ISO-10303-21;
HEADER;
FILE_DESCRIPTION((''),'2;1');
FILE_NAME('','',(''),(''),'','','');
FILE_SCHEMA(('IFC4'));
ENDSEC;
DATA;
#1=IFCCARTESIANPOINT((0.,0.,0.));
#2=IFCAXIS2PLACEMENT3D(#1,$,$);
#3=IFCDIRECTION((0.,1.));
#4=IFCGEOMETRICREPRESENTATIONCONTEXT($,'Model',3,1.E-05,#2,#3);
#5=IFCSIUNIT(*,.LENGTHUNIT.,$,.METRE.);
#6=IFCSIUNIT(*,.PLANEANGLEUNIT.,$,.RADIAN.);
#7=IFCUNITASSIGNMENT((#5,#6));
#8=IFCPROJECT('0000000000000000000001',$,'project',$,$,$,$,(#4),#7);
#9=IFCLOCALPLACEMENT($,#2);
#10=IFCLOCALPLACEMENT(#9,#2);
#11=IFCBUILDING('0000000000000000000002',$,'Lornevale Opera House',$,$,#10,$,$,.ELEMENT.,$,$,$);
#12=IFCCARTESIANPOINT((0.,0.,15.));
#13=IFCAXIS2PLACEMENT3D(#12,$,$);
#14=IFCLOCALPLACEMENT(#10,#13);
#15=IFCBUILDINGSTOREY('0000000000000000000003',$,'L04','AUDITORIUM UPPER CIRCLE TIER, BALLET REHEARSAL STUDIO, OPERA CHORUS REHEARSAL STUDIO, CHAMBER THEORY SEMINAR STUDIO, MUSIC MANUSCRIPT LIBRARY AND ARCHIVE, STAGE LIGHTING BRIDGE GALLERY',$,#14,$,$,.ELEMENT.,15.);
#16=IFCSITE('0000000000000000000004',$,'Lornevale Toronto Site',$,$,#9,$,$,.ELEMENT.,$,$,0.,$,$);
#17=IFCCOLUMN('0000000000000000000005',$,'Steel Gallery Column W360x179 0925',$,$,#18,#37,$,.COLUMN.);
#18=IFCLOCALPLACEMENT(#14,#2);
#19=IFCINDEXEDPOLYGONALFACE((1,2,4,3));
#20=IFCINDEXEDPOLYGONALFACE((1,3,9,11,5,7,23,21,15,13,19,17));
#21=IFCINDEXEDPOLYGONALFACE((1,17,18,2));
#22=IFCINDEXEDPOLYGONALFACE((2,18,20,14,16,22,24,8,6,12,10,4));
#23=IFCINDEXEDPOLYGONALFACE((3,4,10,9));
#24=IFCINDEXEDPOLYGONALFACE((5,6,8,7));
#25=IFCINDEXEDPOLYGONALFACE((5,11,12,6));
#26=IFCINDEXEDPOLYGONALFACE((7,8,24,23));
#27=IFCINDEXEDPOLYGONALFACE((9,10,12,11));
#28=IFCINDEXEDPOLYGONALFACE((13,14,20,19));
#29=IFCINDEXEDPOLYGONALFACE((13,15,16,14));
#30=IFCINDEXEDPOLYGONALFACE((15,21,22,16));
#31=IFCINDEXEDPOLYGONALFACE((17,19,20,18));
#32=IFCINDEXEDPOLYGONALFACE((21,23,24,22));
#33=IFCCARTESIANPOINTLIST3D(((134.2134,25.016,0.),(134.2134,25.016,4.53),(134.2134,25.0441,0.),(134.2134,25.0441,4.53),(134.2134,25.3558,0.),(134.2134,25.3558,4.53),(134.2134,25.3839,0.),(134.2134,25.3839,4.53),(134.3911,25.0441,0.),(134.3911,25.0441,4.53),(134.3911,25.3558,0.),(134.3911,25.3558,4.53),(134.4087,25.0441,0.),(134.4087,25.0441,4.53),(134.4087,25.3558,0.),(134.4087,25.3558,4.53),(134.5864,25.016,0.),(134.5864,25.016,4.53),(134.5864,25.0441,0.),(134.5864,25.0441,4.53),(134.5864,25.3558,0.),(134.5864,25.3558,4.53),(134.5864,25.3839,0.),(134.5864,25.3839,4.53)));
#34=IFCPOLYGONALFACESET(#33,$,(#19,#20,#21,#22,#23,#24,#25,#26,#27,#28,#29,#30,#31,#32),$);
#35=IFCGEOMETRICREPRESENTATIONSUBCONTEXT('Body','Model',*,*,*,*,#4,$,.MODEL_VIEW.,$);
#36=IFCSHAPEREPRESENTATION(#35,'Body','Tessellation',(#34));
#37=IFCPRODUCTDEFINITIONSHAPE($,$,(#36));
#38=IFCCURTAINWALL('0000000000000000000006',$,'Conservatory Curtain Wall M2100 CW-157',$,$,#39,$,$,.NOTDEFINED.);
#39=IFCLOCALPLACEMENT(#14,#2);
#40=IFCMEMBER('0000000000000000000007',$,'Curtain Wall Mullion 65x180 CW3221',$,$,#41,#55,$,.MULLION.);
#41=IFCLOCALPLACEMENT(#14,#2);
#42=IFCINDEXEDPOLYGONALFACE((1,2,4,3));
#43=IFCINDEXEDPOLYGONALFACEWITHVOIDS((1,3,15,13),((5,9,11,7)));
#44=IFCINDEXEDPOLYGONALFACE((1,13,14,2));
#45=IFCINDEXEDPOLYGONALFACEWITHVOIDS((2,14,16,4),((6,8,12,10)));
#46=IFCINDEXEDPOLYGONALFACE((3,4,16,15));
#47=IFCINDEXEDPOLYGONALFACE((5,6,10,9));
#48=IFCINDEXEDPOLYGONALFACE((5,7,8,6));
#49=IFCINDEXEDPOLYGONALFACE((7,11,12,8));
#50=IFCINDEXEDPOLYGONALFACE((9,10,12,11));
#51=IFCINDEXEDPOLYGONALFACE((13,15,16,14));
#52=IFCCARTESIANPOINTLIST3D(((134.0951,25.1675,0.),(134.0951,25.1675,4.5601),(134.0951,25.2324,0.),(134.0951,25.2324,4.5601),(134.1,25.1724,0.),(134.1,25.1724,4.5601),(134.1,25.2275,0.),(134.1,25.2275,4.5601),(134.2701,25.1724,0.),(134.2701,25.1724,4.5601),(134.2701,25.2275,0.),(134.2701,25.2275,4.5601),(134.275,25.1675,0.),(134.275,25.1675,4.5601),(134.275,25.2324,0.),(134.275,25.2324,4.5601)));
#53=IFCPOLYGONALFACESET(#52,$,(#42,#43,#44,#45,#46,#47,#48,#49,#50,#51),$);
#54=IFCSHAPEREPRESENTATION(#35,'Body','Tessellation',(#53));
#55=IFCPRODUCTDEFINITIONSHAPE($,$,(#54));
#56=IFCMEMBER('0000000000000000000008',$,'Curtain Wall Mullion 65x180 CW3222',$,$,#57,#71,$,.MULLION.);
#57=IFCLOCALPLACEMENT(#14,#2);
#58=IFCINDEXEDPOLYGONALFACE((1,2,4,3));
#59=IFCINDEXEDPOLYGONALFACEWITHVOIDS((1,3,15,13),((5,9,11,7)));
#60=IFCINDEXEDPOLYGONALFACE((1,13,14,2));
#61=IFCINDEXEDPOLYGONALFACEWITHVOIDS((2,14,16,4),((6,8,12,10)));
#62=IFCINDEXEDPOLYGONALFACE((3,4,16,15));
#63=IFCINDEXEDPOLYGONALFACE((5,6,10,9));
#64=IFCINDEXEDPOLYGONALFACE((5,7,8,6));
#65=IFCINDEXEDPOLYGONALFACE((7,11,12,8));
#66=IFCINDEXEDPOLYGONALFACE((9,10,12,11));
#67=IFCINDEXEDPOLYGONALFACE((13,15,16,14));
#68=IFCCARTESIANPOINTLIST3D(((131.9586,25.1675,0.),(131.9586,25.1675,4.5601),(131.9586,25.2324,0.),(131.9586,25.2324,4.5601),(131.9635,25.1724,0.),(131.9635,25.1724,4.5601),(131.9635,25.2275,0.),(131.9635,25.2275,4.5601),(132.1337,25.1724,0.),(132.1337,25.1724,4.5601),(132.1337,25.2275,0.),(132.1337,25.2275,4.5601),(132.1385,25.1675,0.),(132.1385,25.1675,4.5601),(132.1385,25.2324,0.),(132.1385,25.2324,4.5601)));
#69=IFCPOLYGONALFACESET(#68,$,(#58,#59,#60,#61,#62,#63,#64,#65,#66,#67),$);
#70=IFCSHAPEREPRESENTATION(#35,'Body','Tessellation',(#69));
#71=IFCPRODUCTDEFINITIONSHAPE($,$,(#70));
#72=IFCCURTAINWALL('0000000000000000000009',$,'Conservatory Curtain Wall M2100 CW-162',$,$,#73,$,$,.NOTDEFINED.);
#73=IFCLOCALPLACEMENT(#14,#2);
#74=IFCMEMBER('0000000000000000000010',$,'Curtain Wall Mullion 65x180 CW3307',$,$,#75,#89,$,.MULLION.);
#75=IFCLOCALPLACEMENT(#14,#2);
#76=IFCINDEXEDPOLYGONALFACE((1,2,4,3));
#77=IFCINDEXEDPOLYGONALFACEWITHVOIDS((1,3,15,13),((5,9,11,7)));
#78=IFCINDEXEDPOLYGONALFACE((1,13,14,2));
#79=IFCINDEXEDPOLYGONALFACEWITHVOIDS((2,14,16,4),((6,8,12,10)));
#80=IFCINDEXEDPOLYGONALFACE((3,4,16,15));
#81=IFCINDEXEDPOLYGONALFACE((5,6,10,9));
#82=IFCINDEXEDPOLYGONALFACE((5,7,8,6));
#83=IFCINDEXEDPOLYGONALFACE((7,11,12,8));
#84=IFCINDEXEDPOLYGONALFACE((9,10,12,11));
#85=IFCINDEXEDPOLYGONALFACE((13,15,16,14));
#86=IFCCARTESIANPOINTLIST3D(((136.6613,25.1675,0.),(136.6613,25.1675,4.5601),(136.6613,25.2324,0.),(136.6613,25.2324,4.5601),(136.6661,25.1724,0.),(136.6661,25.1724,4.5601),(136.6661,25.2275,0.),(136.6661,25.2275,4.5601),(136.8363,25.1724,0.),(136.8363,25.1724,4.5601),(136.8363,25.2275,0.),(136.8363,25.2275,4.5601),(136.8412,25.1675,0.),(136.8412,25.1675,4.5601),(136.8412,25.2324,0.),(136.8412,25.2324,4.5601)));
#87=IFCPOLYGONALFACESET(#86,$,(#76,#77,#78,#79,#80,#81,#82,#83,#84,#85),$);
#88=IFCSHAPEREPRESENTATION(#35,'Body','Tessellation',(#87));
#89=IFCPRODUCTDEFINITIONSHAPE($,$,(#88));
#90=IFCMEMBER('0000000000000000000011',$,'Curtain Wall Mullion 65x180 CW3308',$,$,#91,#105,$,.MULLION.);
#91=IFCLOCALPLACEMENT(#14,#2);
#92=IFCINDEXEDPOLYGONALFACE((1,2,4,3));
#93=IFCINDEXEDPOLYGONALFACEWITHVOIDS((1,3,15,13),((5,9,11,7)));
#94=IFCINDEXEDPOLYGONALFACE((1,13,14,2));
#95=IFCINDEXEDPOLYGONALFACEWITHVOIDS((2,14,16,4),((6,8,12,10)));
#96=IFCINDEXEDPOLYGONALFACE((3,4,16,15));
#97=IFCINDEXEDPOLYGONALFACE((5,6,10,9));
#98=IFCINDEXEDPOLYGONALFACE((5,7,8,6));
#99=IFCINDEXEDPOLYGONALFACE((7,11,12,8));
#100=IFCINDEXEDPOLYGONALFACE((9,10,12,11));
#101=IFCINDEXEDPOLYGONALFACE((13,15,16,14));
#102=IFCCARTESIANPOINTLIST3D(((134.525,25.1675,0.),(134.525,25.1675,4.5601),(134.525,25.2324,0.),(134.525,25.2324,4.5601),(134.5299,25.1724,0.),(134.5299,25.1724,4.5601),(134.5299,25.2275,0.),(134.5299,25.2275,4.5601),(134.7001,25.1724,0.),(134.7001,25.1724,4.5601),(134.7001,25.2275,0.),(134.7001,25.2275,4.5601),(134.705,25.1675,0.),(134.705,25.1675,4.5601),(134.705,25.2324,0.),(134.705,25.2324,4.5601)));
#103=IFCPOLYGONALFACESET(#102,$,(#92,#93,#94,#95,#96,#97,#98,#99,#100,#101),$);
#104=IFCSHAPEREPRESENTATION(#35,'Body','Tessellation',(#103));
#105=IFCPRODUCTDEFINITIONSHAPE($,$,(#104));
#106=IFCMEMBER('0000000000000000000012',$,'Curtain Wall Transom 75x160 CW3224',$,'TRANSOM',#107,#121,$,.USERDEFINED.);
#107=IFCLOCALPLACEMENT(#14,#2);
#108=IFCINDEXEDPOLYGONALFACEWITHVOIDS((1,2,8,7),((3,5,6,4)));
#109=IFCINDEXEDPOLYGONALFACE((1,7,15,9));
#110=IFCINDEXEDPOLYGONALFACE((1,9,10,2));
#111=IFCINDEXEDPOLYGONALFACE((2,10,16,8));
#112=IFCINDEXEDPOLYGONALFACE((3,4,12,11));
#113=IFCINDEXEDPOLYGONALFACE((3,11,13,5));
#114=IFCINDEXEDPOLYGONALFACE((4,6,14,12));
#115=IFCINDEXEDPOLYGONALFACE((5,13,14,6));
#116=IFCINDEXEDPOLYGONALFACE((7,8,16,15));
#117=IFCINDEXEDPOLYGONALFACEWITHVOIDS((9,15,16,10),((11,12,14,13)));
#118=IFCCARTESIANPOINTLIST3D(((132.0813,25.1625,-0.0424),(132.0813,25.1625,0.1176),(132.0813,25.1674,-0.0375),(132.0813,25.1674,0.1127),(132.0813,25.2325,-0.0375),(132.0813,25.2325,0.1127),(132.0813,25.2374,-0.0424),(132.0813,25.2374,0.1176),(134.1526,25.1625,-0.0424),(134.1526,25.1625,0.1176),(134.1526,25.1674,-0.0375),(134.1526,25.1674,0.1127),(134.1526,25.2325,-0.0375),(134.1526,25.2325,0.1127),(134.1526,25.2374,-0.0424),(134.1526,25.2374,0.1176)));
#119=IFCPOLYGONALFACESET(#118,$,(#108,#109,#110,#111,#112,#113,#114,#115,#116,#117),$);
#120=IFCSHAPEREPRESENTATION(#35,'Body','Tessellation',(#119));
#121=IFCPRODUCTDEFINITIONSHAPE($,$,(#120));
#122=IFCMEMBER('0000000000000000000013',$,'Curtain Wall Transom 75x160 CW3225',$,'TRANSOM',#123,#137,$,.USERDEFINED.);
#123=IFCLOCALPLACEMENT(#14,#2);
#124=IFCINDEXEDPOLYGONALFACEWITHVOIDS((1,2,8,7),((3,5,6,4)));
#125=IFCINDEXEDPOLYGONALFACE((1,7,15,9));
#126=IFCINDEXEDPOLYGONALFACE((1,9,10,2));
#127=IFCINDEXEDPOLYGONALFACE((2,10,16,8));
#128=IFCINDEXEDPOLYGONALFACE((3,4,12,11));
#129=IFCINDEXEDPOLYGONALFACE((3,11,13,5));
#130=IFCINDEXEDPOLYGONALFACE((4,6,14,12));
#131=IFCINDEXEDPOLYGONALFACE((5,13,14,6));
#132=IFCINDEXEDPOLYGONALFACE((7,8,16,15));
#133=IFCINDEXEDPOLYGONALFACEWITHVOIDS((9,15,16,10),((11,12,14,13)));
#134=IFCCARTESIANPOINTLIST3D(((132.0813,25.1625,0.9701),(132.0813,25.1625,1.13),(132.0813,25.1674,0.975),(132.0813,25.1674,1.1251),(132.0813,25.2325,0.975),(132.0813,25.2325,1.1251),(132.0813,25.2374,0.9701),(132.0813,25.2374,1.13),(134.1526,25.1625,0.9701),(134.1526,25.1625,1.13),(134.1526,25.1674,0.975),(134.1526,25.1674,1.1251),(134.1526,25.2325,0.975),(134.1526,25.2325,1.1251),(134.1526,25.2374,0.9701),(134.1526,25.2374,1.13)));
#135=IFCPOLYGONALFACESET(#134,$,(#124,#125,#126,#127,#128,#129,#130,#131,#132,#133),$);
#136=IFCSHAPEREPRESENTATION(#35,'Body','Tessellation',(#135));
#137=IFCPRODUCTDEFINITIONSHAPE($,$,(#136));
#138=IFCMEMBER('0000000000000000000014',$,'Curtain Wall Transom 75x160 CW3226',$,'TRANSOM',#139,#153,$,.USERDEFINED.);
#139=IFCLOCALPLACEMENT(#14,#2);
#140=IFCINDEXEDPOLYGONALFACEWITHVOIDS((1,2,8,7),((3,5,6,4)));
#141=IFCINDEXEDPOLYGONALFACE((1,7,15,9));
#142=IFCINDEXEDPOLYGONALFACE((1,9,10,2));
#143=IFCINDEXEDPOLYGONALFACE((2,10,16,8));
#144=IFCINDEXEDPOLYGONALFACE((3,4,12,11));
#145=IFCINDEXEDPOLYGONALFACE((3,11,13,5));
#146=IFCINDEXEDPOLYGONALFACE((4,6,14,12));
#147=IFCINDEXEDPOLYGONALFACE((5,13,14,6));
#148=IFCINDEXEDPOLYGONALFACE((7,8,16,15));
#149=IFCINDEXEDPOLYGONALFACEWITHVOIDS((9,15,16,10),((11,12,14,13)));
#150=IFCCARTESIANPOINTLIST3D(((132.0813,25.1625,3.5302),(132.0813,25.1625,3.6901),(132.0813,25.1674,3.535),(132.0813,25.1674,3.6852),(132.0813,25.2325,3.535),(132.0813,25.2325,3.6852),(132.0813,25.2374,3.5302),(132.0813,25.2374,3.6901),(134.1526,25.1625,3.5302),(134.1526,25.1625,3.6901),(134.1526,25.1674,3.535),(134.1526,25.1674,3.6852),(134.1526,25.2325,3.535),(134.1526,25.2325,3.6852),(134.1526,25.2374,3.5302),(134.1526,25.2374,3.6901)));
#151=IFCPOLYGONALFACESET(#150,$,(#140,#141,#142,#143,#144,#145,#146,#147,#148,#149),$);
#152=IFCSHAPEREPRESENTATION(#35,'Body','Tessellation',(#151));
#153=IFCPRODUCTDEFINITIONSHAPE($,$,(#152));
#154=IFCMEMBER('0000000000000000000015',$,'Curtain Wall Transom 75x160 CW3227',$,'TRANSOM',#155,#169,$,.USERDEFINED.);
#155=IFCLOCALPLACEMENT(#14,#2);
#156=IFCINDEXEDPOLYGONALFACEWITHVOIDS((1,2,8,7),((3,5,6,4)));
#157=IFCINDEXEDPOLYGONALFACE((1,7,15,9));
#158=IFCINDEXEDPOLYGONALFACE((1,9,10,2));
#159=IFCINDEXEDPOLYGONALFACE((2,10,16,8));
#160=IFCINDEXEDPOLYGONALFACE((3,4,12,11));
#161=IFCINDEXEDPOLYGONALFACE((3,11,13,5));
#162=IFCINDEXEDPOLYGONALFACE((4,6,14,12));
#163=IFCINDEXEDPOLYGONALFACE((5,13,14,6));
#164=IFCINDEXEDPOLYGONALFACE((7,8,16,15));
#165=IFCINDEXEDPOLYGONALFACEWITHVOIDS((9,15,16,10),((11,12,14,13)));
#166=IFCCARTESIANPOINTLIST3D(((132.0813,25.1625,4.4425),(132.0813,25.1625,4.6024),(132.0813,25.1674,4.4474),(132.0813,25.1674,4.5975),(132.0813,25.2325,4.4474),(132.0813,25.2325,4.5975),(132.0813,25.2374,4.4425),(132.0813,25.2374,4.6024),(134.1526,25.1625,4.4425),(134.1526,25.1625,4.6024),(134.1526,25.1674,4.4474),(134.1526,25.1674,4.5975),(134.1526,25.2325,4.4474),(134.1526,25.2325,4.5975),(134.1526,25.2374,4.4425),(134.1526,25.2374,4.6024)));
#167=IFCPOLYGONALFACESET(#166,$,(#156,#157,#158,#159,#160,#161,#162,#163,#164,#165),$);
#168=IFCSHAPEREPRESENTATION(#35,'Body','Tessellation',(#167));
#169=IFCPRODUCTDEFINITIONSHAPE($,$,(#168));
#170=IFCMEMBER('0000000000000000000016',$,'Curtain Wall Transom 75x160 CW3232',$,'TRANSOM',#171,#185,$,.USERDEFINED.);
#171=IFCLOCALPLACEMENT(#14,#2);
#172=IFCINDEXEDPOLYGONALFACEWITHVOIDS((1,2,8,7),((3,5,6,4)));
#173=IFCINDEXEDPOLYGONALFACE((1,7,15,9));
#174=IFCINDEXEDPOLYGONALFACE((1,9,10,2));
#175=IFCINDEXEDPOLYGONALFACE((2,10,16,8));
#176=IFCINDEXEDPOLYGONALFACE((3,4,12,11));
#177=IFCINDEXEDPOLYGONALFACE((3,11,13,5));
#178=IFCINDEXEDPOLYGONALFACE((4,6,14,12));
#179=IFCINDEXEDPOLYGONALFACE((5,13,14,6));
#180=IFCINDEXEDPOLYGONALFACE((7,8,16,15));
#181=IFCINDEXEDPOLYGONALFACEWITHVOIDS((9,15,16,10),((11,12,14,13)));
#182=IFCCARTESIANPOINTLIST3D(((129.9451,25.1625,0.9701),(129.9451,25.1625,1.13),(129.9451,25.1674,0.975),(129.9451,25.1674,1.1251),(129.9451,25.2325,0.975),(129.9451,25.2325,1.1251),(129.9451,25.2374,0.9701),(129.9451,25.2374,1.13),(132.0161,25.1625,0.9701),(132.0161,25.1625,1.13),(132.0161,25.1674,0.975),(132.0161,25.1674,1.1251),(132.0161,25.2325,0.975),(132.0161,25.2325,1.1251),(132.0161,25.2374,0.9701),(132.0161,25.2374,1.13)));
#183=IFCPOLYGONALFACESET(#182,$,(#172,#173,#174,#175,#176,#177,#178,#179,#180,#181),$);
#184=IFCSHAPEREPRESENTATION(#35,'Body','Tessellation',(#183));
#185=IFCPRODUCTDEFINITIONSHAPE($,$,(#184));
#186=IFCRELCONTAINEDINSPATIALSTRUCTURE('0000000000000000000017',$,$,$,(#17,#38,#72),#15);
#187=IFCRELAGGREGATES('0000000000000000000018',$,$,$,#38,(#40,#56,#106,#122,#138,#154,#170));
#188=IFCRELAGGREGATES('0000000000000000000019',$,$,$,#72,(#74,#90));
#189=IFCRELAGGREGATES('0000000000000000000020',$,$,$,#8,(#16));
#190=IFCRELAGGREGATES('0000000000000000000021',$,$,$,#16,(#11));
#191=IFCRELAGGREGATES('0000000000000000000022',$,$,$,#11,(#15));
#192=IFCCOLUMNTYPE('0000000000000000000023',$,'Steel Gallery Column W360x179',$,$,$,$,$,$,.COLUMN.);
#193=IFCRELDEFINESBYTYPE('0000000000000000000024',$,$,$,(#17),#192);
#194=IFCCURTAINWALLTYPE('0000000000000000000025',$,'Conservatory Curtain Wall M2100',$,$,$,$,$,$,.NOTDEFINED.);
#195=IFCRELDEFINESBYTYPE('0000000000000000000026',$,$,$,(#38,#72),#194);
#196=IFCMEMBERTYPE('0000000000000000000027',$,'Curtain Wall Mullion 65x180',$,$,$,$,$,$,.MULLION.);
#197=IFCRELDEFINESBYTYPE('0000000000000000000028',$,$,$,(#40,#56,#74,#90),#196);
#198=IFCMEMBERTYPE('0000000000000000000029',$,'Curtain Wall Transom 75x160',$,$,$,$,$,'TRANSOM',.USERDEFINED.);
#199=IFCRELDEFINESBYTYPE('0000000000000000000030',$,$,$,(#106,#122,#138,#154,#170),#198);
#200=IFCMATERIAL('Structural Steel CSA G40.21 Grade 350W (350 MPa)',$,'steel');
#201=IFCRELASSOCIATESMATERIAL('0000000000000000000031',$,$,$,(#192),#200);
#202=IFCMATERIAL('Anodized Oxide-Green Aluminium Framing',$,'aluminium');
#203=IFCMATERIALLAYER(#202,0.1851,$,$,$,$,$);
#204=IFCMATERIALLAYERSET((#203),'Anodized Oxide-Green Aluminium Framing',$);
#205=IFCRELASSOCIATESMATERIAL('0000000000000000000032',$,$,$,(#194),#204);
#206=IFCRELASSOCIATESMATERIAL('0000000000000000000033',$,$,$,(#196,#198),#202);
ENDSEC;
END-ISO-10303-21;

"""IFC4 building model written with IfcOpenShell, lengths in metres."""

from ifc_helpers import new_model, si_unit, direction, frame, origin, origin_2d, place, context, subcontext, project, spatial, hollow_rectangle, i_section, extrude, material, layer, layer_set, material_profile, profile_set, type_object, element, aggregate, save


model = new_model("IFC4")

# Units and contexts
model_context = context("Model", 3, precision=1e-05, world=origin(), true_north=direction((0.0, 1.0)))
body_context = subcontext(model_context, "Body", "Model", "MODEL_VIEW")
ifc_project = project(units=[si_unit("LENGTHUNIT", "METRE"), si_unit("PLANEANGLEUNIT", "RADIAN")], contexts=[model_context])

# Site, building, storey
site_placement = place(None, origin())
site = spatial("IfcSite", under=ifc_project, at=site_placement, Name="Lornevale Toronto Site", CompositionType="ELEMENT", RefElevation=0.0)
building_placement = place(site_placement, origin())
building = spatial("IfcBuilding", under=site, at=building_placement, Name="Lornevale Opera House", CompositionType="ELEMENT")
storey_placement = place(building_placement, frame((0.0, 0.0, 15.0)))
storey = spatial("IfcBuildingStorey", under=building, at=storey_placement, Name="L04", Description="AUDITORIUM UPPER CIRCLE TIER, BALLET REHEARSAL STUDIO, OPERA CHORUS REHEARSAL STUDIO, CHAMBER THEORY SEMINAR STUDIO, MUSIC MANUSCRIPT LIBRARY AND ARCHIVE, STAGE LIGHTING BRIDGE GALLERY", CompositionType="ELEMENT", Elevation=15.0)

# Column
ifc_material_1 = material(Name="Structural Steel CSA G40.21 Grade 350W (350 MPa)", Category="steel")
ifc_material_profile_1 = material_profile(ifc_material_1, i_section(OverallWidth=0.373, OverallDepth=0.3679, WebThickness=0.0176, FlangeThickness=0.0281, at=origin_2d()), Name="W360x179")
ifc_profile_set_1 = profile_set([ifc_material_profile_1], Name="Structural Steel CSA G40.21 Grade 350W (350 MPa)")
column_type = type_object("IfcColumnType", Name="Steel Gallery Column W360x179", PredefinedType="COLUMN", material=ifc_profile_set_1)
column_placement = place(storey_placement, frame((134.3999, 25.2, 0.0), z_axis=(0.0, 0.0, 1.0), x_axis=(1.0, 0.0, 0.0)))
element("IfcColumn", 1, at=column_placement, inside=storey, type_object=column_type, Name="Steel Gallery Column W360x179 0925", PredefinedType="COLUMN", context=body_context, shape_type="SweptSolid", body=[
    extrude(i_section(OverallWidth=0.373, OverallDepth=0.3679, WebThickness=0.0176, FlangeThickness=0.0281, at=origin_2d()), origin(), (0.0, 0.0, 1.0), 4.53),
])

# Curtain walls, members
ifc_material_2 = material(Name="Anodized Oxide-Green Aluminium Framing", Category="aluminium")
ifc_layer_1 = layer(ifc_material_2, 0.1851)
ifc_layer_set_1 = layer_set([ifc_layer_1], Name="Anodized Oxide-Green Aluminium Framing")
curtain_wall_type = type_object("IfcCurtainWallType", Name="Conservatory Curtain Wall M2100", PredefinedType="NOTDEFINED", material=ifc_layer_set_1)
curtain_wall_1_placement = place(storey_placement, origin())
curtain_wall_1 = element("IfcCurtainWall", 2, at=curtain_wall_1_placement, inside=storey, type_object=curtain_wall_type, Name="Conservatory Curtain Wall M2100 CW-157", PredefinedType="NOTDEFINED")
ifc_material_profile_2 = material_profile(ifc_material_2, hollow_rectangle(XDim=0.0649, YDim=0.1799, WallThickness=0.0049, at=origin_2d()), Name="ALU65x180x5")
ifc_profile_set_2 = profile_set([ifc_material_profile_2], Name="Anodized Oxide-Green Aluminium Framing")
member_type_1 = type_object("IfcMemberType", Name="Curtain Wall Mullion 65x180", PredefinedType="MULLION", material=ifc_profile_set_2)
member_1_placement = place(storey_placement, frame((134.1851, 25.2, 0.0), z_axis=(0.0, 0.0, 1.0), x_axis=(0.0, -1.0, 0.0)))
member_1 = element("IfcMember", 3, at=member_1_placement, type_object=member_type_1, Name="Curtain Wall Mullion 65x180 CW3221", PredefinedType="MULLION", context=body_context, shape_type="SweptSolid", body=[
    extrude(hollow_rectangle(XDim=0.0649, YDim=0.1799, WallThickness=0.0049, at=origin_2d()), origin(), (0.0, 0.0, 1.0), 4.5601),
])
member_2_placement = place(storey_placement, frame((132.0486, 25.2, 0.0), z_axis=(0.0, 0.0, 1.0), x_axis=(0.0, -1.0, 0.0)))
member_2 = element("IfcMember", 4, at=member_2_placement, type_object=member_type_1, Name="Curtain Wall Mullion 65x180 CW3222", PredefinedType="MULLION", context=body_context, shape_type="SweptSolid", body=[
    extrude(hollow_rectangle(XDim=0.0649, YDim=0.1799, WallThickness=0.0049, at=origin_2d()), origin(), (0.0, 0.0, 1.0), 4.5601),
])
curtain_wall_2_placement = place(storey_placement, origin())
curtain_wall_2 = element("IfcCurtainWall", 5, at=curtain_wall_2_placement, inside=storey, type_object=curtain_wall_type, Name="Conservatory Curtain Wall M2100 CW-162", PredefinedType="NOTDEFINED")
member_3_placement = place(storey_placement, frame((136.7512, 25.2, 0.0), z_axis=(0.0, 0.0, 1.0), x_axis=(0.0, -1.0, 0.0)))
member_3 = element("IfcMember", 6, at=member_3_placement, type_object=member_type_1, Name="Curtain Wall Mullion 65x180 CW3307", PredefinedType="MULLION", context=body_context, shape_type="SweptSolid", body=[
    extrude(hollow_rectangle(XDim=0.0649, YDim=0.1799, WallThickness=0.0049, at=origin_2d()), origin(), (0.0, 0.0, 1.0), 4.5601),
])
member_4_placement = place(storey_placement, frame((134.615, 25.2, 0.0), z_axis=(0.0, 0.0, 1.0), x_axis=(0.0, -1.0, 0.0)))
member_4 = element("IfcMember", 7, at=member_4_placement, type_object=member_type_1, Name="Curtain Wall Mullion 65x180 CW3308", PredefinedType="MULLION", context=body_context, shape_type="SweptSolid", body=[
    extrude(hollow_rectangle(XDim=0.0649, YDim=0.1799, WallThickness=0.0049, at=origin_2d()), origin(), (0.0, 0.0, 1.0), 4.5601),
])

# Members
ifc_material_profile_3 = material_profile(ifc_material_2, hollow_rectangle(XDim=0.075, YDim=0.1599, WallThickness=0.0049, at=origin_2d()), Name="ALU75x160x5")
ifc_profile_set_3 = profile_set([ifc_material_profile_3], Name="Anodized Oxide-Green Aluminium Framing")
member_type_2 = type_object("IfcMemberType", Name="Curtain Wall Transom 75x160", ElementType="TRANSOM", PredefinedType="USERDEFINED", material=ifc_profile_set_3)
member_5_placement = place(storey_placement, frame((134.1526, 25.2, 0.0376), z_axis=(-1.0, 0.0, 0.0), x_axis=(0.0, -1.0, 0.0)))
member_5 = element("IfcMember", 8, at=member_5_placement, type_object=member_type_2, Name="Curtain Wall Transom 75x160 CW3224", ObjectType="TRANSOM", PredefinedType="USERDEFINED", context=body_context, shape_type="SweptSolid", body=[
    extrude(hollow_rectangle(XDim=0.075, YDim=0.1599, WallThickness=0.0049, at=origin_2d()), origin(), (0.0, 0.0, 1.0), 2.0713),
])
member_6_placement = place(storey_placement, frame((134.1526, 25.2, 1.05), z_axis=(-1.0, 0.0, 0.0), x_axis=(0.0, -1.0, 0.0)))
member_6 = element("IfcMember", 9, at=member_6_placement, type_object=member_type_2, Name="Curtain Wall Transom 75x160 CW3225", ObjectType="TRANSOM", PredefinedType="USERDEFINED", context=body_context, shape_type="SweptSolid", body=[
    extrude(hollow_rectangle(XDim=0.075, YDim=0.1599, WallThickness=0.0049, at=origin_2d()), origin(), (0.0, 0.0, 1.0), 2.0713),
])
member_7_placement = place(storey_placement, frame((134.1526, 25.2, 3.6101), z_axis=(-1.0, 0.0, 0.0), x_axis=(0.0, -1.0, 0.0)))
member_7 = element("IfcMember", 10, at=member_7_placement, type_object=member_type_2, Name="Curtain Wall Transom 75x160 CW3226", ObjectType="TRANSOM", PredefinedType="USERDEFINED", context=body_context, shape_type="SweptSolid", body=[
    extrude(hollow_rectangle(XDim=0.075, YDim=0.1599, WallThickness=0.0049, at=origin_2d()), origin(), (0.0, 0.0, 1.0), 2.0713),
])
member_8_placement = place(storey_placement, frame((134.1526, 25.2, 4.5225), z_axis=(-1.0, 0.0, 0.0), x_axis=(0.0, -1.0, 0.0)))
member_8 = element("IfcMember", 11, at=member_8_placement, type_object=member_type_2, Name="Curtain Wall Transom 75x160 CW3227", ObjectType="TRANSOM", PredefinedType="USERDEFINED", context=body_context, shape_type="SweptSolid", body=[
    extrude(hollow_rectangle(XDim=0.075, YDim=0.1599, WallThickness=0.0049, at=origin_2d()), origin(), (0.0, 0.0, 1.0), 2.0713),
])
member_9_placement = place(storey_placement, frame((132.0161, 25.2, 1.05), z_axis=(-1.0, 0.0, 0.0), x_axis=(0.0, -1.0, 0.0)))
member_9 = element("IfcMember", 12, at=member_9_placement, type_object=member_type_2, Name="Curtain Wall Transom 75x160 CW3232", ObjectType="TRANSOM", PredefinedType="USERDEFINED", context=body_context, shape_type="SweptSolid", body=[
    extrude(hollow_rectangle(XDim=0.075, YDim=0.1599, WallThickness=0.0049, at=origin_2d()), origin(), (0.0, 0.0, 1.0), 2.071),
])

aggregate(curtain_wall_1, [member_1, member_2, member_5, member_6, member_7, member_8, member_9])
aggregate(curtain_wall_2, [member_3, member_4])

save(model, "model.ifc")
